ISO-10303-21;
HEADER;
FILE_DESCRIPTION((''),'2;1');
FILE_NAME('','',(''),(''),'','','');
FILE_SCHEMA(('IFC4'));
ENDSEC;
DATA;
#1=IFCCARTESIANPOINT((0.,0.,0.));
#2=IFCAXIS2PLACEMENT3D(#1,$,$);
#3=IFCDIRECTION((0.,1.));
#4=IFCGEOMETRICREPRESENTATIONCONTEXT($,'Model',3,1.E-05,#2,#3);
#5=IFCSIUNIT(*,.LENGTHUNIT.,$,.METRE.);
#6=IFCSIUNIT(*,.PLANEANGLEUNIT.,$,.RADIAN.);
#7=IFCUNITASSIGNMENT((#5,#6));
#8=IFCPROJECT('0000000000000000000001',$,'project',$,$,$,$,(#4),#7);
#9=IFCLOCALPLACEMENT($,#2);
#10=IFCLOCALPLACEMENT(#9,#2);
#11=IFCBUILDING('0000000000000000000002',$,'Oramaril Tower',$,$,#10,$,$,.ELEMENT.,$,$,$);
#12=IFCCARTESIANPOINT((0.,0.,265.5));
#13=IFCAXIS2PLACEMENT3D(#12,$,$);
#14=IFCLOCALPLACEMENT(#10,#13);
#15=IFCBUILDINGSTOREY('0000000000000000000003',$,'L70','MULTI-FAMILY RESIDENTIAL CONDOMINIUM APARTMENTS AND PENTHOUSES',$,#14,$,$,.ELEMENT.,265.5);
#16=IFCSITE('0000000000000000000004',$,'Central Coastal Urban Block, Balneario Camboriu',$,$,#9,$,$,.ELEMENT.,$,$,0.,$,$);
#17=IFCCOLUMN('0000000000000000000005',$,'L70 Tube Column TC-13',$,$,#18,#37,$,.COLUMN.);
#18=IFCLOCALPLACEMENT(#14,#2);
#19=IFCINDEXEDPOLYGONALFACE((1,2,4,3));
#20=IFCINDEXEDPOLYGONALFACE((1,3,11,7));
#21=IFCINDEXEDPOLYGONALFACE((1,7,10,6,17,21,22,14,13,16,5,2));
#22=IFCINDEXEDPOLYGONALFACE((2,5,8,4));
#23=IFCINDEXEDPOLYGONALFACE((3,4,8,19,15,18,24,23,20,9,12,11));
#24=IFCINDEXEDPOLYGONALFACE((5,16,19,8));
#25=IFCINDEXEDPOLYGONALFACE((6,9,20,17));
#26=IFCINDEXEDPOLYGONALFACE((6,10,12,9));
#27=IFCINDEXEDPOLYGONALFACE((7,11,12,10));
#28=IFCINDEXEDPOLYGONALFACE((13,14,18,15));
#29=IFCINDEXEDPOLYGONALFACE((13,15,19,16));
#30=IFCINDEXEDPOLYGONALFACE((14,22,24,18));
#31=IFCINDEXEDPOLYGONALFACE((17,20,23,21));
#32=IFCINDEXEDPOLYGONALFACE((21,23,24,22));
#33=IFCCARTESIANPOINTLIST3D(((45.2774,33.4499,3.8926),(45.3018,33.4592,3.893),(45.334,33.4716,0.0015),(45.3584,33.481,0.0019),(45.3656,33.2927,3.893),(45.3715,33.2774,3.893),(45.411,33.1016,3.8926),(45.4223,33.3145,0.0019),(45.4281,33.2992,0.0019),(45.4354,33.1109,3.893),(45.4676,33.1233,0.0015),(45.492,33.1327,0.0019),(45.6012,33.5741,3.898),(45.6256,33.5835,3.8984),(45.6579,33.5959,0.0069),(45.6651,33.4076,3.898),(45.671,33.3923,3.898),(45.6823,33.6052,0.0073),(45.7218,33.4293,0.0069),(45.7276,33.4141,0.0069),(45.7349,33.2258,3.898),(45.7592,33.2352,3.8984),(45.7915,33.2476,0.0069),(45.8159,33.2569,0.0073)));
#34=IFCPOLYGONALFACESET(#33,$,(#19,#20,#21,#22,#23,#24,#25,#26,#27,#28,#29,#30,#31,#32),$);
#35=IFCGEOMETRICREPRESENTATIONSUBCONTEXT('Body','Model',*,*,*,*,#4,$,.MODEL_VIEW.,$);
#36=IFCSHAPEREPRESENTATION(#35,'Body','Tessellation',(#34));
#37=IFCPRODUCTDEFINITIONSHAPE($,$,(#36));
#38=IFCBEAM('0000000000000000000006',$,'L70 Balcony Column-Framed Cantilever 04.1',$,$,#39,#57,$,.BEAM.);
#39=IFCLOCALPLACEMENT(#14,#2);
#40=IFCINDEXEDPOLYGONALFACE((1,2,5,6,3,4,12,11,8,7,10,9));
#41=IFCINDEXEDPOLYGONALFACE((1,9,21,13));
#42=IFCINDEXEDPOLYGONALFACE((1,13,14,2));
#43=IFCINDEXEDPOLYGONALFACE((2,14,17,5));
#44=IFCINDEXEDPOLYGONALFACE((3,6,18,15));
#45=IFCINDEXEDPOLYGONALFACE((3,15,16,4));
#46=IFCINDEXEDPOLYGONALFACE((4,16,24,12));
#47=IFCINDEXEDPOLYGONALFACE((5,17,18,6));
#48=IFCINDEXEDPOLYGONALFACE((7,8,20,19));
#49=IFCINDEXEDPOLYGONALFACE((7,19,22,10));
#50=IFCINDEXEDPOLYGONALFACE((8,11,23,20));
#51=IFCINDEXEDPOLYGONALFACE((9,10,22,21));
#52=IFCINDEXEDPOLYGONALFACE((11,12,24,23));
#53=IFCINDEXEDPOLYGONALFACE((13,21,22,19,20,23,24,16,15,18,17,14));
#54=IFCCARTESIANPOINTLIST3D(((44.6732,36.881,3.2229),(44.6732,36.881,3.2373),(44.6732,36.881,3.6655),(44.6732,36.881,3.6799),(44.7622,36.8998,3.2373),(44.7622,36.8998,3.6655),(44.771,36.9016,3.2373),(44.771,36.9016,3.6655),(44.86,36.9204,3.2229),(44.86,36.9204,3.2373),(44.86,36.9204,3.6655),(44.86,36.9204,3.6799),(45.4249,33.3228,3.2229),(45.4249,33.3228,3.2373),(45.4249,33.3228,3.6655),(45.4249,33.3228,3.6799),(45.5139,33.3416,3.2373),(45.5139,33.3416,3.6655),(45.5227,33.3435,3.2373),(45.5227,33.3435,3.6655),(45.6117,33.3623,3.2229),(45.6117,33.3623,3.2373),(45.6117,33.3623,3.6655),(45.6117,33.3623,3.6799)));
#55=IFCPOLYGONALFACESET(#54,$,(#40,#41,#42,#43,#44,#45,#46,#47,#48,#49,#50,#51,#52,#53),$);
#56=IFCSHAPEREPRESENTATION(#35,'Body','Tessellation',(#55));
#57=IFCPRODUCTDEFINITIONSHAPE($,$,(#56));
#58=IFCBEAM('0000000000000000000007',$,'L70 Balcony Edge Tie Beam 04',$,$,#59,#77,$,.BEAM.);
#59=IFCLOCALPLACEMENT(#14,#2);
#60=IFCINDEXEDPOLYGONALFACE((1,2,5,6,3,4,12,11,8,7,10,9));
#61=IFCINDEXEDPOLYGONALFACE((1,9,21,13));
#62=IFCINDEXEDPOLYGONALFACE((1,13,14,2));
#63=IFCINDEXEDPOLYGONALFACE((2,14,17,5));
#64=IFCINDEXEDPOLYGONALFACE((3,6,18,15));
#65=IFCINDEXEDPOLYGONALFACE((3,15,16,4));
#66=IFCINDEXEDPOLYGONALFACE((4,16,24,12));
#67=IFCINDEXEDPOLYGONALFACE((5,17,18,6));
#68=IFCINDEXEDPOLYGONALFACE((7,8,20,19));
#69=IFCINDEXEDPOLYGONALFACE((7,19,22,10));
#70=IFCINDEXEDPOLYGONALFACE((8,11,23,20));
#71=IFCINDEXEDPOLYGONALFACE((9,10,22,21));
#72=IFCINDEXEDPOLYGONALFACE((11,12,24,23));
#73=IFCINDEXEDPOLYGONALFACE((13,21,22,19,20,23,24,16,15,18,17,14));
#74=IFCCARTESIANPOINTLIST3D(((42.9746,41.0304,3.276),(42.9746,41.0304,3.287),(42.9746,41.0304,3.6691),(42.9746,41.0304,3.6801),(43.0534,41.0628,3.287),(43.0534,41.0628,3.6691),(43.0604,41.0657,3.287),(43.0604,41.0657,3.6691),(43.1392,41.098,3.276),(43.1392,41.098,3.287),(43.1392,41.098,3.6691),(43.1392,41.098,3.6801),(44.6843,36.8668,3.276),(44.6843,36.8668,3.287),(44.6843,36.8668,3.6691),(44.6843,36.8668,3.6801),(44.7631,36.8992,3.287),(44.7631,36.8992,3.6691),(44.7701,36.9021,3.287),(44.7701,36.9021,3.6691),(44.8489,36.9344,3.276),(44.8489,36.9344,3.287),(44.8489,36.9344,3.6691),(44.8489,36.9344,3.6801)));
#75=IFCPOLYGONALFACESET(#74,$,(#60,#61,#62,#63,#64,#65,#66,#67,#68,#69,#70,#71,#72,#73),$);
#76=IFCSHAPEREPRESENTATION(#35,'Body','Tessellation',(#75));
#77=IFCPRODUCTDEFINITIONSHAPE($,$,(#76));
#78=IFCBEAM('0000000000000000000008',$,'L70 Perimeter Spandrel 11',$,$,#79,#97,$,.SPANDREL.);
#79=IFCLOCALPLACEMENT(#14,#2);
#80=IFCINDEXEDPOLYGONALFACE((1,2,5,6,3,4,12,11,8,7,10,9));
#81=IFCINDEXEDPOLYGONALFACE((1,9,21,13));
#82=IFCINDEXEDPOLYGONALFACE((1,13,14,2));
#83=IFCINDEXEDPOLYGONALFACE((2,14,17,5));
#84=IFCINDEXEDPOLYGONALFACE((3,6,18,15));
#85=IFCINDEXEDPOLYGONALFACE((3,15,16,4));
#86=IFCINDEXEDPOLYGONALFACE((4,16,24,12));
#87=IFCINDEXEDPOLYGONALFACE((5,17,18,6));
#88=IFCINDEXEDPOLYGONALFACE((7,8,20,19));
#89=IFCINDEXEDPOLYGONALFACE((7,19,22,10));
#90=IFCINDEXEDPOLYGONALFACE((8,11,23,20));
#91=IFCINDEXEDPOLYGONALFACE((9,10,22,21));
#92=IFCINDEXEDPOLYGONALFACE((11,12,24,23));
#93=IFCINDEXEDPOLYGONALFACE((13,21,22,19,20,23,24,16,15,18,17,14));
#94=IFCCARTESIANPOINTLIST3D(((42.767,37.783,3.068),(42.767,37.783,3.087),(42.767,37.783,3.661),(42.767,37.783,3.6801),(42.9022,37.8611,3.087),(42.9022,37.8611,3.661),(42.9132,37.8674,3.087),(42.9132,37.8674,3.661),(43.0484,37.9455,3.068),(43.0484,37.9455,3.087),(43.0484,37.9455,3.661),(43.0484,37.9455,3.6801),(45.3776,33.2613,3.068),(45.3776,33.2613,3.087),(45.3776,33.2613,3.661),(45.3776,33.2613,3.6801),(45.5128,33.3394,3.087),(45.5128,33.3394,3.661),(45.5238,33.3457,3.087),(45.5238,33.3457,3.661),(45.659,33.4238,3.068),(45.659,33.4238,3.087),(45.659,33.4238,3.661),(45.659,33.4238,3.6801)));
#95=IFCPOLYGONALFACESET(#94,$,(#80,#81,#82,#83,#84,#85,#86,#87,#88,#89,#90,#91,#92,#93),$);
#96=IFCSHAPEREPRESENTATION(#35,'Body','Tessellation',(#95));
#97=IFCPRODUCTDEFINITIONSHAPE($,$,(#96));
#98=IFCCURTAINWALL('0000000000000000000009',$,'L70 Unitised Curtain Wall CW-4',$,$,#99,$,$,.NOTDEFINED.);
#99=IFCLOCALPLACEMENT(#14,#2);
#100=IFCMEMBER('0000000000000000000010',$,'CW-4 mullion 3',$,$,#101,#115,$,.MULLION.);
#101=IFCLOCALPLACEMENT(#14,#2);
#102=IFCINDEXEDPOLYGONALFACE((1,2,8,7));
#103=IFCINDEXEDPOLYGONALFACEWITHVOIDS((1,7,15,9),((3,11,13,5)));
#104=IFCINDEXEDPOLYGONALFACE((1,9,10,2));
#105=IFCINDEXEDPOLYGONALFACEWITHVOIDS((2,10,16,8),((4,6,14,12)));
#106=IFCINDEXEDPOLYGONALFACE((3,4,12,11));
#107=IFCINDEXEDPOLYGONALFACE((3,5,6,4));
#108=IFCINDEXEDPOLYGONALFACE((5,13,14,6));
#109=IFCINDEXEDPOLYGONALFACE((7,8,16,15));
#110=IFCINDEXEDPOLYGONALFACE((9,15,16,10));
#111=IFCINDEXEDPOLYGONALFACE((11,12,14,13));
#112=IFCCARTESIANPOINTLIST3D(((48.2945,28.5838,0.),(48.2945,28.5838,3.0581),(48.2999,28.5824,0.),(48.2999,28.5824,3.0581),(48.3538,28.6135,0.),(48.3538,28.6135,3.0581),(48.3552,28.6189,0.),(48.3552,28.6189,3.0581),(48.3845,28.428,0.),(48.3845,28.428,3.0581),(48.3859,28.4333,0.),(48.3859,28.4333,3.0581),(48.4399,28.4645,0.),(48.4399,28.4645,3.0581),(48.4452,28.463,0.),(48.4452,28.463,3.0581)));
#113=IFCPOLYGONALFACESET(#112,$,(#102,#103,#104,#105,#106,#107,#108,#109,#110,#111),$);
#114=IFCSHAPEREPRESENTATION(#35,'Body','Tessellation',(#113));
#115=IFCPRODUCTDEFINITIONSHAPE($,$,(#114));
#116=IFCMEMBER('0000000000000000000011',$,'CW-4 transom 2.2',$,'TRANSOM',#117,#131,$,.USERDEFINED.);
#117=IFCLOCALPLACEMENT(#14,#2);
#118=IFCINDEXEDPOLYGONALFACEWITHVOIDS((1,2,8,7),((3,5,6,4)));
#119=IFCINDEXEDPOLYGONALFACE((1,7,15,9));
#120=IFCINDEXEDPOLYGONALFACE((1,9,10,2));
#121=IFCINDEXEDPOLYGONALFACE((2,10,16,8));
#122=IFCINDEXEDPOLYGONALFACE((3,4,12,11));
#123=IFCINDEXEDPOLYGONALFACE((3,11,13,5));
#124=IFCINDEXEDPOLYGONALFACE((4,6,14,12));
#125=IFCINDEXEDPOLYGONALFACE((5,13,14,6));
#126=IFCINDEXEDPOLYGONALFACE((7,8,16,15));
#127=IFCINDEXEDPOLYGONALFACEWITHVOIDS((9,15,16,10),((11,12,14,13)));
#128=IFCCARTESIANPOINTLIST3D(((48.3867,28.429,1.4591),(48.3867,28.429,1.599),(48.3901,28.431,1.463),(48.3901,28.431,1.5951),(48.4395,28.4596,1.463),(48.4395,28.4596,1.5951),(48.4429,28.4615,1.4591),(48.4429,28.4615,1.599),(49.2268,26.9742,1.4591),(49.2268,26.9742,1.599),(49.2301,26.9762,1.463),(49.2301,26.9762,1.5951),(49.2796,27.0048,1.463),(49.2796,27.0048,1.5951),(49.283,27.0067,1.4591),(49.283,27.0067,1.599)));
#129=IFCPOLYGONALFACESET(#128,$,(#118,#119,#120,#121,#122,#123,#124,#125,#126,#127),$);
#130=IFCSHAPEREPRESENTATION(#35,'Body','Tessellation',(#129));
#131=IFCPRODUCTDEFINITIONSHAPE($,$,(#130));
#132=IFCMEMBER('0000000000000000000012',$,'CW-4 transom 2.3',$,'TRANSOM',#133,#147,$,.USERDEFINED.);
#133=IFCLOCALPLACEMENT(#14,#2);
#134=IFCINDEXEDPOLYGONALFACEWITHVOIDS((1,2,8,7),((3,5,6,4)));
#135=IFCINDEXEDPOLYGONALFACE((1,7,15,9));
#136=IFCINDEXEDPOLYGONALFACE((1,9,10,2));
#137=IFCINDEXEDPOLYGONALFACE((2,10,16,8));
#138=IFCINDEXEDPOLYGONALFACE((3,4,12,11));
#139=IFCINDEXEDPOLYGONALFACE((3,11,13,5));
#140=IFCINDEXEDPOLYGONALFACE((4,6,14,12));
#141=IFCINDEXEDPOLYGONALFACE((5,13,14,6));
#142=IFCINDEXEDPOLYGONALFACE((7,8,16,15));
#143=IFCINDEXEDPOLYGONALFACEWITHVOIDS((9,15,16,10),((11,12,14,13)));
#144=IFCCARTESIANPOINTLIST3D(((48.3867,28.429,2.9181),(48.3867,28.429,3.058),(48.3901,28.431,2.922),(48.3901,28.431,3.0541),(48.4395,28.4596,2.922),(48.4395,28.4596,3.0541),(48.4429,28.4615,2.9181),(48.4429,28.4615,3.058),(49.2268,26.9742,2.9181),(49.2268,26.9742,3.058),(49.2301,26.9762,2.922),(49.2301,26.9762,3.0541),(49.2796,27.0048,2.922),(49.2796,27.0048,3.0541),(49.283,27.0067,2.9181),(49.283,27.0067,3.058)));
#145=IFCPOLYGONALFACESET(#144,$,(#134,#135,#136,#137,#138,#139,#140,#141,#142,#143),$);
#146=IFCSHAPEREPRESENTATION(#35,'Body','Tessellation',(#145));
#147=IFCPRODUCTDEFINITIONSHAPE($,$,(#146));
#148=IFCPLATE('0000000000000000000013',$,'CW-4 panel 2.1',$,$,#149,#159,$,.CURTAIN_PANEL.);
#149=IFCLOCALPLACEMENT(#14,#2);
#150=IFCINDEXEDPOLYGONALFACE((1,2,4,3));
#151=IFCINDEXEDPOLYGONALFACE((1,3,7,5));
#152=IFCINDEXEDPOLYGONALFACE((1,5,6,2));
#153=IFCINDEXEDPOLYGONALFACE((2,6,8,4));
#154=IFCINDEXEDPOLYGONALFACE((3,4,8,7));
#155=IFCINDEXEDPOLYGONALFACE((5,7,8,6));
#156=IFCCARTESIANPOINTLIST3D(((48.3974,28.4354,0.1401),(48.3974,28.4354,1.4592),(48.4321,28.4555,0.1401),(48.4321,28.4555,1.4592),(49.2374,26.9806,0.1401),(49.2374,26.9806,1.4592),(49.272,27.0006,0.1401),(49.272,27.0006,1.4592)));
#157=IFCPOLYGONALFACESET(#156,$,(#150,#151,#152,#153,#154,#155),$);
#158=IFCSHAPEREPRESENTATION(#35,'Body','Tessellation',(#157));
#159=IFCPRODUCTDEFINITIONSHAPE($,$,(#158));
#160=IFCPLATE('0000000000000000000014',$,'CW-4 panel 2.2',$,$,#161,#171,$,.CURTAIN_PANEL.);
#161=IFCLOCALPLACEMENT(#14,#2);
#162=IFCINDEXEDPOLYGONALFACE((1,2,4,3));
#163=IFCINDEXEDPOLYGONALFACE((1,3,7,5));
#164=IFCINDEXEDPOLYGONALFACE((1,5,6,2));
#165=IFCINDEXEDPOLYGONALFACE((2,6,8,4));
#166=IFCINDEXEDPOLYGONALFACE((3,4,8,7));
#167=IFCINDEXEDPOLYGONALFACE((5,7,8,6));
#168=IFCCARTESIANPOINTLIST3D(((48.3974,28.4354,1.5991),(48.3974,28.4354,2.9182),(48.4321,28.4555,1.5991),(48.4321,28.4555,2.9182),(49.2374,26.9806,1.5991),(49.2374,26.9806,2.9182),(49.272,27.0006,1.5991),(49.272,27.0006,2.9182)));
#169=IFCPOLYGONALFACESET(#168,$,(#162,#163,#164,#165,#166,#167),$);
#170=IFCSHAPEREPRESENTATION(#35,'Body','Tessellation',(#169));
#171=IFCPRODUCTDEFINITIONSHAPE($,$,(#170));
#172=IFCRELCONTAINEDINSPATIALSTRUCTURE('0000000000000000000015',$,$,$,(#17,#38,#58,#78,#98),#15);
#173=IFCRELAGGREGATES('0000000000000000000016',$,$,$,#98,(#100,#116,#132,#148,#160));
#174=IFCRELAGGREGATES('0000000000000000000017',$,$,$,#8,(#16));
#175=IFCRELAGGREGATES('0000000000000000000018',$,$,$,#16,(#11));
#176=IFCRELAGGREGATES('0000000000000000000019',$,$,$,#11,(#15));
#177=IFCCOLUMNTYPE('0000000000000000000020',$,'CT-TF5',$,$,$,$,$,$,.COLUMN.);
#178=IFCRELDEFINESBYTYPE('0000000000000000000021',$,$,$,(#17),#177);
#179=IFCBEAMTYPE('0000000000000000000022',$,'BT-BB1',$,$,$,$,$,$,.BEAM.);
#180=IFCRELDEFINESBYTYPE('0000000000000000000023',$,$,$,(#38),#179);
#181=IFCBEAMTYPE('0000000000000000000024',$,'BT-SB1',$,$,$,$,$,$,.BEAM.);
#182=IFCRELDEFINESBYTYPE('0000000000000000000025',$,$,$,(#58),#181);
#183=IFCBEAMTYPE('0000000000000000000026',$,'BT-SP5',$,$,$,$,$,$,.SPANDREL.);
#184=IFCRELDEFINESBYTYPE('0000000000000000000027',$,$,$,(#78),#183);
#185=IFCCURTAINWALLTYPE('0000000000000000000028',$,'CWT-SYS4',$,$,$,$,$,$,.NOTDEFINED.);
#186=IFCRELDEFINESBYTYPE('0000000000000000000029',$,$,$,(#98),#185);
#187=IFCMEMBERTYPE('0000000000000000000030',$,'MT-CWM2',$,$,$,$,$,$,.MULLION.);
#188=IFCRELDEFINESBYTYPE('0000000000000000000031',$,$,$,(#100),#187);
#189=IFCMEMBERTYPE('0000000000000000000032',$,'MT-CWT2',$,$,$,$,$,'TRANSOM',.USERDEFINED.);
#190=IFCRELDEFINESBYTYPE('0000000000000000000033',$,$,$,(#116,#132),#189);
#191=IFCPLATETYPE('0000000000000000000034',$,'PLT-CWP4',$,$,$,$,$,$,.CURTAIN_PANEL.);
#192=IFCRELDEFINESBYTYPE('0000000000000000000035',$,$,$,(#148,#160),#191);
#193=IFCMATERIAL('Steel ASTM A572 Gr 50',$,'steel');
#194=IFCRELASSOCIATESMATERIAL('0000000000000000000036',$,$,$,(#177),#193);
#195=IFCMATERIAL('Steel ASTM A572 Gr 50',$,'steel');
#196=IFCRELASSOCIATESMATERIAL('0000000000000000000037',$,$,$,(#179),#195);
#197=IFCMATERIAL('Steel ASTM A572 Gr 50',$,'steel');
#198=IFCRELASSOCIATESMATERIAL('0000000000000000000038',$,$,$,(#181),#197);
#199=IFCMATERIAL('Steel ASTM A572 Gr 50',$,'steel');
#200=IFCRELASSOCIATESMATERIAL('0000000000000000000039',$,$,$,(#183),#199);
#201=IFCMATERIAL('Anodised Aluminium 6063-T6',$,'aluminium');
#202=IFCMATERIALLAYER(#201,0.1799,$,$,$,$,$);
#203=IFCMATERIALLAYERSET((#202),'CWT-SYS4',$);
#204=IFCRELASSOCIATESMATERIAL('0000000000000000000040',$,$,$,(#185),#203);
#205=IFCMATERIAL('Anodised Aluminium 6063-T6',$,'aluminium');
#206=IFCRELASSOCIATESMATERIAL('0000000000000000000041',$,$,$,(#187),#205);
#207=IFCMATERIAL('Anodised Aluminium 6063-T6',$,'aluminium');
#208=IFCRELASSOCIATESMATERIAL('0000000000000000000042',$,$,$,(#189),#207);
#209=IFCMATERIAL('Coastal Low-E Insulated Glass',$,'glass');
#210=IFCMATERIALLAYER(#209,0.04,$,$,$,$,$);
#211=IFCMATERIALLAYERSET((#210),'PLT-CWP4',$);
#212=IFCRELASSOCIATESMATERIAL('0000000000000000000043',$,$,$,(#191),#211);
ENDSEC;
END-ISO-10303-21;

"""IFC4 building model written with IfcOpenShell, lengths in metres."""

from ifc_helpers import new_model, si_unit, direction, frame, origin, origin_2d, place, context, subcontext, project, spatial, rectangle, hollow_rectangle, i_section, extrude, material, layer, layer_set, material_profile, profile_set, type_object, element, aggregate, save


model = new_model("IFC4")

# Units and contexts
model_context = context("Model", 3, precision=1e-05, world=origin(), true_north=direction((0.0, 1.0)))
body_context = subcontext(model_context, "Body", "Model", "MODEL_VIEW")
ifc_project = project(units=[si_unit("LENGTHUNIT", "METRE"), si_unit("PLANEANGLEUNIT", "RADIAN")], contexts=[model_context])

# Site, building, storey
site_placement = place(None, origin())
site = spatial("IfcSite", under=ifc_project, at=site_placement, Name="Central Coastal Urban Block, Balneario Camboriu", CompositionType="ELEMENT", RefElevation=0.0)
building_placement = place(site_placement, origin())
building = spatial("IfcBuilding", under=site, at=building_placement, Name="Oramaril Tower", CompositionType="ELEMENT")
storey_placement = place(building_placement, frame((0.0, 0.0, 265.5)))
storey = spatial("IfcBuildingStorey", under=building, at=storey_placement, Name="L70", Description="MULTI-FAMILY RESIDENTIAL CONDOMINIUM APARTMENTS AND PENTHOUSES", CompositionType="ELEMENT", Elevation=265.5)

# Column
ifc_material_1 = material(Name="Steel ASTM A572 Gr 50", Category="steel")
ifc_material_profile_1 = material_profile(ifc_material_1, i_section(OverallWidth=0.373, OverallDepth=0.373, WebThickness=0.0164, FlangeThickness=0.0261, at=origin_2d()), Name="W14X132")
ifc_profile_set_1 = profile_set([ifc_material_profile_1], Name="Steel ASTM A572 Gr 50")
column_type = type_object("IfcColumnType", Name="CT-TF5", PredefinedType="COLUMN", material=ifc_profile_set_1)
column_placement = place(storey_placement, frame((45.575, 33.3643, 0.0044), z_axis=(-0.014555, -0.005583, 0.999878), x_axis=(0.35817, -0.933656, 0.0)))
element("IfcColumn", 1, at=column_placement, inside=storey, type_object=column_type, Name="L70 Tube Column TC-13", PredefinedType="COLUMN", context=body_context, shape_type="SweptSolid", body=[
    extrude(i_section(OverallWidth=0.373, OverallDepth=0.373, WebThickness=0.0164, FlangeThickness=0.0261, at=origin_2d()), origin(), (0.0, 0.0, 1.0), 3.8916),
])

# Beams
ifc_material_2 = material(Name="Steel ASTM A572 Gr 50", Category="steel")
ifc_material_profile_2 = material_profile(ifc_material_2, i_section(OverallWidth=0.1909, OverallDepth=0.457, WebThickness=0.009, FlangeThickness=0.0144, at=origin_2d()), Name="W18X50")
ifc_profile_set_2 = profile_set([ifc_material_profile_2], Name="Steel ASTM A572 Gr 50")
beam_type_1 = type_object("IfcBeamType", Name="BT-BB1", PredefinedType="BEAM", material=ifc_profile_set_2)
beam_1_placement = place(storey_placement, frame((45.5183, 33.3425, 3.4514), z_axis=(-0.206704, 0.978404, 0.0), x_axis=(-0.978404, -0.206704, 0.0)))
element("IfcBeam", 2, at=beam_1_placement, inside=storey, type_object=beam_type_1, Name="L70 Balcony Column-Framed Cantilever 04.1", PredefinedType="BEAM", context=body_context, shape_type="SweptSolid", body=[
    extrude(i_section(OverallWidth=0.1909, OverallDepth=0.457, WebThickness=0.009, FlangeThickness=0.0144, at=origin_2d()), origin(), (0.0, 0.0, 1.0), 3.6367),
])
ifc_material_3 = material(Name="Steel ASTM A572 Gr 50", Category="steel")
ifc_material_profile_3 = material_profile(ifc_material_3, i_section(OverallWidth=0.178, OverallDepth=0.4041, WebThickness=0.0076, FlangeThickness=0.011, at=origin_2d()), Name="W16X36")
ifc_profile_set_3 = profile_set([ifc_material_profile_3], Name="Steel ASTM A572 Gr 50")
beam_type_2 = type_object("IfcBeamType", Name="BT-SB1", PredefinedType="BEAM", material=ifc_profile_set_3)
beam_2_placement = place(storey_placement, frame((44.7666, 36.9006, 3.478), z_axis=(-0.379858, 0.925045, 0.0), x_axis=(-0.925045, -0.379858, 0.0)))
element("IfcBeam", 3, at=beam_2_placement, inside=storey, type_object=beam_type_2, Name="L70 Balcony Edge Tie Beam 04", PredefinedType="BEAM", context=body_context, shape_type="SweptSolid", body=[
    extrude(i_section(OverallWidth=0.178, OverallDepth=0.4041, WebThickness=0.0076, FlangeThickness=0.011, at=origin_2d()), origin(), (0.0, 0.0, 1.0), 4.501),
])
ifc_material_4 = material(Name="Steel ASTM A572 Gr 50", Category="steel")
ifc_material_profile_4 = material_profile(ifc_material_4, i_section(OverallWidth=0.325, OverallDepth=0.6121, WebThickness=0.0127, FlangeThickness=0.019, at=origin_2d()), Name="W24X104")
ifc_profile_set_4 = profile_set([ifc_material_profile_4], Name="Steel ASTM A572 Gr 50")
beam_type_3 = type_object("IfcBeamType", Name="BT-SP5", PredefinedType="SPANDREL", material=ifc_profile_set_4)
beam_3_placement = place(storey_placement, frame((45.5183, 33.3425, 3.374), z_axis=(-0.499996, 0.866028, 0.0), x_axis=(-0.866028, -0.499996, 0.0)))
element("IfcBeam", 4, at=beam_3_placement, inside=storey, type_object=beam_type_3, Name="L70 Perimeter Spandrel 11", PredefinedType="SPANDREL", context=body_context, shape_type="SweptSolid", body=[
    extrude(i_section(OverallWidth=0.325, OverallDepth=0.6121, WebThickness=0.0127, FlangeThickness=0.019, at=origin_2d()), origin(), (0.0, 0.0, 1.0), 5.2212),
])

# Curtain wall, members, plates
ifc_material_5 = material(Name="Anodised Aluminium 6063-T6", Category="aluminium")
ifc_layer_1 = layer(ifc_material_5, 0.1799)
ifc_layer_set_1 = layer_set([ifc_layer_1], Name="CWT-SYS4")
curtain_wall_type = type_object("IfcCurtainWallType", Name="CWT-SYS4", PredefinedType="NOTDEFINED", material=ifc_layer_set_1)
curtain_wall_placement = place(storey_placement, origin())
curtain_wall = element("IfcCurtainWall", 5, at=curtain_wall_placement, inside=storey, type_object=curtain_wall_type, Name="L70 Unitised Curtain Wall CW-4", PredefinedType="NOTDEFINED")
ifc_material_6 = material(Name="Anodised Aluminium 6063-T6", Category="aluminium")
ifc_material_profile_5 = material_profile(ifc_material_6, hollow_rectangle(XDim=0.0701, YDim=0.1799, WallThickness=0.0039, at=origin_2d()), Name="CWM180X70")
ifc_profile_set_5 = profile_set([ifc_material_profile_5], Name="Anodised Aluminium 6063-T6")
member_type_1 = type_object("IfcMemberType", Name="MT-CWM2", PredefinedType="MULLION", material=ifc_profile_set_5)
member_1_placement = place(storey_placement, frame((48.3699, 28.5234, 0.0), z_axis=(0.0, 0.0, 1.0), x_axis=(-0.866025, -0.5, 0.0)))
member_1 = element("IfcMember", 6, at=member_1_placement, type_object=member_type_1, Name="CW-4 mullion 3", PredefinedType="MULLION", context=body_context, shape_type="SweptSolid", body=[
    extrude(hollow_rectangle(XDim=0.0701, YDim=0.1799, WallThickness=0.0039, at=origin_2d()), origin(), (0.0, 0.0, 1.0), 3.0581),
])
ifc_material_7 = material(Name="Anodised Aluminium 6063-T6", Category="aluminium")
ifc_material_profile_6 = material_profile(ifc_material_7, hollow_rectangle(XDim=0.0649, YDim=0.1399, WallThickness=0.0039, at=origin_2d()), Name="CWT140X65")
ifc_profile_set_6 = profile_set([ifc_material_profile_6], Name="Anodised Aluminium 6063-T6")
member_type_2 = type_object("IfcMemberType", Name="MT-CWT2", ElementType="TRANSOM", PredefinedType="USERDEFINED", material=ifc_profile_set_6)
member_2_placement = place(storey_placement, frame((49.2549, 26.9905, 1.5291), z_axis=(-0.500062, 0.86599, 0.0), x_axis=(-0.86599, -0.500062, 0.0)))
member_2 = element("IfcMember", 7, at=member_2_placement, type_object=member_type_2, Name="CW-4 transom 2.2", ObjectType="TRANSOM", PredefinedType="USERDEFINED", context=body_context, shape_type="SweptSolid", body=[
    extrude(hollow_rectangle(XDim=0.0649, YDim=0.1399, WallThickness=0.0039, at=origin_2d()), origin(), (0.0, 0.0, 1.0), 1.6799),
])
member_3_placement = place(storey_placement, frame((49.2549, 26.9905, 2.988), z_axis=(-0.500062, 0.86599, 0.0), x_axis=(-0.86599, -0.500062, 0.0)))
member_3 = element("IfcMember", 8, at=member_3_placement, type_object=member_type_2, Name="CW-4 transom 2.3", ObjectType="TRANSOM", PredefinedType="USERDEFINED", context=body_context, shape_type="SweptSolid", body=[
    extrude(hollow_rectangle(XDim=0.0649, YDim=0.1399, WallThickness=0.0039, at=origin_2d()), origin(), (0.0, 0.0, 1.0), 1.6799),
])
ifc_material_8 = material(Name="Coastal Low-E Insulated Glass", Category="glass")
ifc_layer_2 = layer(ifc_material_8, 0.04)
ifc_layer_set_2 = layer_set([ifc_layer_2], Name="PLT-CWP4")
plate_type = type_object("IfcPlateType", Name="PLT-CWP4", PredefinedType="CURTAIN_PANEL", material=ifc_layer_set_2)
plate_1_placement = place(storey_placement, frame((48.8347, 27.718, 0.1401), z_axis=(0.0, 0.0, 1.0), x_axis=(-0.5, 0.866025, 0.0)))
plate_1 = element("IfcPlate", 9, at=plate_1_placement, type_object=plate_type, Name="CW-4 panel 2.1", PredefinedType="CURTAIN_PANEL", context=body_context, shape_type="SweptSolid", body=[
    extrude(rectangle(XDim=1.6799, YDim=0.04, at=origin_2d()), origin(), (0.0, 0.0, 1.0), 1.3191),
])
plate_2_placement = place(storey_placement, frame((48.8347, 27.718, 1.5991), z_axis=(0.0, 0.0, 1.0), x_axis=(-0.5, 0.866025, 0.0)))
plate_2 = element("IfcPlate", 10, at=plate_2_placement, type_object=plate_type, Name="CW-4 panel 2.2", PredefinedType="CURTAIN_PANEL", context=body_context, shape_type="SweptSolid", body=[
    extrude(rectangle(XDim=1.6799, YDim=0.04, at=origin_2d()), origin(), (0.0, 0.0, 1.0), 1.3191),
])
aggregate(curtain_wall, [member_1, member_2, member_3, plate_1, plate_2])

save(model, "model.ifc")
